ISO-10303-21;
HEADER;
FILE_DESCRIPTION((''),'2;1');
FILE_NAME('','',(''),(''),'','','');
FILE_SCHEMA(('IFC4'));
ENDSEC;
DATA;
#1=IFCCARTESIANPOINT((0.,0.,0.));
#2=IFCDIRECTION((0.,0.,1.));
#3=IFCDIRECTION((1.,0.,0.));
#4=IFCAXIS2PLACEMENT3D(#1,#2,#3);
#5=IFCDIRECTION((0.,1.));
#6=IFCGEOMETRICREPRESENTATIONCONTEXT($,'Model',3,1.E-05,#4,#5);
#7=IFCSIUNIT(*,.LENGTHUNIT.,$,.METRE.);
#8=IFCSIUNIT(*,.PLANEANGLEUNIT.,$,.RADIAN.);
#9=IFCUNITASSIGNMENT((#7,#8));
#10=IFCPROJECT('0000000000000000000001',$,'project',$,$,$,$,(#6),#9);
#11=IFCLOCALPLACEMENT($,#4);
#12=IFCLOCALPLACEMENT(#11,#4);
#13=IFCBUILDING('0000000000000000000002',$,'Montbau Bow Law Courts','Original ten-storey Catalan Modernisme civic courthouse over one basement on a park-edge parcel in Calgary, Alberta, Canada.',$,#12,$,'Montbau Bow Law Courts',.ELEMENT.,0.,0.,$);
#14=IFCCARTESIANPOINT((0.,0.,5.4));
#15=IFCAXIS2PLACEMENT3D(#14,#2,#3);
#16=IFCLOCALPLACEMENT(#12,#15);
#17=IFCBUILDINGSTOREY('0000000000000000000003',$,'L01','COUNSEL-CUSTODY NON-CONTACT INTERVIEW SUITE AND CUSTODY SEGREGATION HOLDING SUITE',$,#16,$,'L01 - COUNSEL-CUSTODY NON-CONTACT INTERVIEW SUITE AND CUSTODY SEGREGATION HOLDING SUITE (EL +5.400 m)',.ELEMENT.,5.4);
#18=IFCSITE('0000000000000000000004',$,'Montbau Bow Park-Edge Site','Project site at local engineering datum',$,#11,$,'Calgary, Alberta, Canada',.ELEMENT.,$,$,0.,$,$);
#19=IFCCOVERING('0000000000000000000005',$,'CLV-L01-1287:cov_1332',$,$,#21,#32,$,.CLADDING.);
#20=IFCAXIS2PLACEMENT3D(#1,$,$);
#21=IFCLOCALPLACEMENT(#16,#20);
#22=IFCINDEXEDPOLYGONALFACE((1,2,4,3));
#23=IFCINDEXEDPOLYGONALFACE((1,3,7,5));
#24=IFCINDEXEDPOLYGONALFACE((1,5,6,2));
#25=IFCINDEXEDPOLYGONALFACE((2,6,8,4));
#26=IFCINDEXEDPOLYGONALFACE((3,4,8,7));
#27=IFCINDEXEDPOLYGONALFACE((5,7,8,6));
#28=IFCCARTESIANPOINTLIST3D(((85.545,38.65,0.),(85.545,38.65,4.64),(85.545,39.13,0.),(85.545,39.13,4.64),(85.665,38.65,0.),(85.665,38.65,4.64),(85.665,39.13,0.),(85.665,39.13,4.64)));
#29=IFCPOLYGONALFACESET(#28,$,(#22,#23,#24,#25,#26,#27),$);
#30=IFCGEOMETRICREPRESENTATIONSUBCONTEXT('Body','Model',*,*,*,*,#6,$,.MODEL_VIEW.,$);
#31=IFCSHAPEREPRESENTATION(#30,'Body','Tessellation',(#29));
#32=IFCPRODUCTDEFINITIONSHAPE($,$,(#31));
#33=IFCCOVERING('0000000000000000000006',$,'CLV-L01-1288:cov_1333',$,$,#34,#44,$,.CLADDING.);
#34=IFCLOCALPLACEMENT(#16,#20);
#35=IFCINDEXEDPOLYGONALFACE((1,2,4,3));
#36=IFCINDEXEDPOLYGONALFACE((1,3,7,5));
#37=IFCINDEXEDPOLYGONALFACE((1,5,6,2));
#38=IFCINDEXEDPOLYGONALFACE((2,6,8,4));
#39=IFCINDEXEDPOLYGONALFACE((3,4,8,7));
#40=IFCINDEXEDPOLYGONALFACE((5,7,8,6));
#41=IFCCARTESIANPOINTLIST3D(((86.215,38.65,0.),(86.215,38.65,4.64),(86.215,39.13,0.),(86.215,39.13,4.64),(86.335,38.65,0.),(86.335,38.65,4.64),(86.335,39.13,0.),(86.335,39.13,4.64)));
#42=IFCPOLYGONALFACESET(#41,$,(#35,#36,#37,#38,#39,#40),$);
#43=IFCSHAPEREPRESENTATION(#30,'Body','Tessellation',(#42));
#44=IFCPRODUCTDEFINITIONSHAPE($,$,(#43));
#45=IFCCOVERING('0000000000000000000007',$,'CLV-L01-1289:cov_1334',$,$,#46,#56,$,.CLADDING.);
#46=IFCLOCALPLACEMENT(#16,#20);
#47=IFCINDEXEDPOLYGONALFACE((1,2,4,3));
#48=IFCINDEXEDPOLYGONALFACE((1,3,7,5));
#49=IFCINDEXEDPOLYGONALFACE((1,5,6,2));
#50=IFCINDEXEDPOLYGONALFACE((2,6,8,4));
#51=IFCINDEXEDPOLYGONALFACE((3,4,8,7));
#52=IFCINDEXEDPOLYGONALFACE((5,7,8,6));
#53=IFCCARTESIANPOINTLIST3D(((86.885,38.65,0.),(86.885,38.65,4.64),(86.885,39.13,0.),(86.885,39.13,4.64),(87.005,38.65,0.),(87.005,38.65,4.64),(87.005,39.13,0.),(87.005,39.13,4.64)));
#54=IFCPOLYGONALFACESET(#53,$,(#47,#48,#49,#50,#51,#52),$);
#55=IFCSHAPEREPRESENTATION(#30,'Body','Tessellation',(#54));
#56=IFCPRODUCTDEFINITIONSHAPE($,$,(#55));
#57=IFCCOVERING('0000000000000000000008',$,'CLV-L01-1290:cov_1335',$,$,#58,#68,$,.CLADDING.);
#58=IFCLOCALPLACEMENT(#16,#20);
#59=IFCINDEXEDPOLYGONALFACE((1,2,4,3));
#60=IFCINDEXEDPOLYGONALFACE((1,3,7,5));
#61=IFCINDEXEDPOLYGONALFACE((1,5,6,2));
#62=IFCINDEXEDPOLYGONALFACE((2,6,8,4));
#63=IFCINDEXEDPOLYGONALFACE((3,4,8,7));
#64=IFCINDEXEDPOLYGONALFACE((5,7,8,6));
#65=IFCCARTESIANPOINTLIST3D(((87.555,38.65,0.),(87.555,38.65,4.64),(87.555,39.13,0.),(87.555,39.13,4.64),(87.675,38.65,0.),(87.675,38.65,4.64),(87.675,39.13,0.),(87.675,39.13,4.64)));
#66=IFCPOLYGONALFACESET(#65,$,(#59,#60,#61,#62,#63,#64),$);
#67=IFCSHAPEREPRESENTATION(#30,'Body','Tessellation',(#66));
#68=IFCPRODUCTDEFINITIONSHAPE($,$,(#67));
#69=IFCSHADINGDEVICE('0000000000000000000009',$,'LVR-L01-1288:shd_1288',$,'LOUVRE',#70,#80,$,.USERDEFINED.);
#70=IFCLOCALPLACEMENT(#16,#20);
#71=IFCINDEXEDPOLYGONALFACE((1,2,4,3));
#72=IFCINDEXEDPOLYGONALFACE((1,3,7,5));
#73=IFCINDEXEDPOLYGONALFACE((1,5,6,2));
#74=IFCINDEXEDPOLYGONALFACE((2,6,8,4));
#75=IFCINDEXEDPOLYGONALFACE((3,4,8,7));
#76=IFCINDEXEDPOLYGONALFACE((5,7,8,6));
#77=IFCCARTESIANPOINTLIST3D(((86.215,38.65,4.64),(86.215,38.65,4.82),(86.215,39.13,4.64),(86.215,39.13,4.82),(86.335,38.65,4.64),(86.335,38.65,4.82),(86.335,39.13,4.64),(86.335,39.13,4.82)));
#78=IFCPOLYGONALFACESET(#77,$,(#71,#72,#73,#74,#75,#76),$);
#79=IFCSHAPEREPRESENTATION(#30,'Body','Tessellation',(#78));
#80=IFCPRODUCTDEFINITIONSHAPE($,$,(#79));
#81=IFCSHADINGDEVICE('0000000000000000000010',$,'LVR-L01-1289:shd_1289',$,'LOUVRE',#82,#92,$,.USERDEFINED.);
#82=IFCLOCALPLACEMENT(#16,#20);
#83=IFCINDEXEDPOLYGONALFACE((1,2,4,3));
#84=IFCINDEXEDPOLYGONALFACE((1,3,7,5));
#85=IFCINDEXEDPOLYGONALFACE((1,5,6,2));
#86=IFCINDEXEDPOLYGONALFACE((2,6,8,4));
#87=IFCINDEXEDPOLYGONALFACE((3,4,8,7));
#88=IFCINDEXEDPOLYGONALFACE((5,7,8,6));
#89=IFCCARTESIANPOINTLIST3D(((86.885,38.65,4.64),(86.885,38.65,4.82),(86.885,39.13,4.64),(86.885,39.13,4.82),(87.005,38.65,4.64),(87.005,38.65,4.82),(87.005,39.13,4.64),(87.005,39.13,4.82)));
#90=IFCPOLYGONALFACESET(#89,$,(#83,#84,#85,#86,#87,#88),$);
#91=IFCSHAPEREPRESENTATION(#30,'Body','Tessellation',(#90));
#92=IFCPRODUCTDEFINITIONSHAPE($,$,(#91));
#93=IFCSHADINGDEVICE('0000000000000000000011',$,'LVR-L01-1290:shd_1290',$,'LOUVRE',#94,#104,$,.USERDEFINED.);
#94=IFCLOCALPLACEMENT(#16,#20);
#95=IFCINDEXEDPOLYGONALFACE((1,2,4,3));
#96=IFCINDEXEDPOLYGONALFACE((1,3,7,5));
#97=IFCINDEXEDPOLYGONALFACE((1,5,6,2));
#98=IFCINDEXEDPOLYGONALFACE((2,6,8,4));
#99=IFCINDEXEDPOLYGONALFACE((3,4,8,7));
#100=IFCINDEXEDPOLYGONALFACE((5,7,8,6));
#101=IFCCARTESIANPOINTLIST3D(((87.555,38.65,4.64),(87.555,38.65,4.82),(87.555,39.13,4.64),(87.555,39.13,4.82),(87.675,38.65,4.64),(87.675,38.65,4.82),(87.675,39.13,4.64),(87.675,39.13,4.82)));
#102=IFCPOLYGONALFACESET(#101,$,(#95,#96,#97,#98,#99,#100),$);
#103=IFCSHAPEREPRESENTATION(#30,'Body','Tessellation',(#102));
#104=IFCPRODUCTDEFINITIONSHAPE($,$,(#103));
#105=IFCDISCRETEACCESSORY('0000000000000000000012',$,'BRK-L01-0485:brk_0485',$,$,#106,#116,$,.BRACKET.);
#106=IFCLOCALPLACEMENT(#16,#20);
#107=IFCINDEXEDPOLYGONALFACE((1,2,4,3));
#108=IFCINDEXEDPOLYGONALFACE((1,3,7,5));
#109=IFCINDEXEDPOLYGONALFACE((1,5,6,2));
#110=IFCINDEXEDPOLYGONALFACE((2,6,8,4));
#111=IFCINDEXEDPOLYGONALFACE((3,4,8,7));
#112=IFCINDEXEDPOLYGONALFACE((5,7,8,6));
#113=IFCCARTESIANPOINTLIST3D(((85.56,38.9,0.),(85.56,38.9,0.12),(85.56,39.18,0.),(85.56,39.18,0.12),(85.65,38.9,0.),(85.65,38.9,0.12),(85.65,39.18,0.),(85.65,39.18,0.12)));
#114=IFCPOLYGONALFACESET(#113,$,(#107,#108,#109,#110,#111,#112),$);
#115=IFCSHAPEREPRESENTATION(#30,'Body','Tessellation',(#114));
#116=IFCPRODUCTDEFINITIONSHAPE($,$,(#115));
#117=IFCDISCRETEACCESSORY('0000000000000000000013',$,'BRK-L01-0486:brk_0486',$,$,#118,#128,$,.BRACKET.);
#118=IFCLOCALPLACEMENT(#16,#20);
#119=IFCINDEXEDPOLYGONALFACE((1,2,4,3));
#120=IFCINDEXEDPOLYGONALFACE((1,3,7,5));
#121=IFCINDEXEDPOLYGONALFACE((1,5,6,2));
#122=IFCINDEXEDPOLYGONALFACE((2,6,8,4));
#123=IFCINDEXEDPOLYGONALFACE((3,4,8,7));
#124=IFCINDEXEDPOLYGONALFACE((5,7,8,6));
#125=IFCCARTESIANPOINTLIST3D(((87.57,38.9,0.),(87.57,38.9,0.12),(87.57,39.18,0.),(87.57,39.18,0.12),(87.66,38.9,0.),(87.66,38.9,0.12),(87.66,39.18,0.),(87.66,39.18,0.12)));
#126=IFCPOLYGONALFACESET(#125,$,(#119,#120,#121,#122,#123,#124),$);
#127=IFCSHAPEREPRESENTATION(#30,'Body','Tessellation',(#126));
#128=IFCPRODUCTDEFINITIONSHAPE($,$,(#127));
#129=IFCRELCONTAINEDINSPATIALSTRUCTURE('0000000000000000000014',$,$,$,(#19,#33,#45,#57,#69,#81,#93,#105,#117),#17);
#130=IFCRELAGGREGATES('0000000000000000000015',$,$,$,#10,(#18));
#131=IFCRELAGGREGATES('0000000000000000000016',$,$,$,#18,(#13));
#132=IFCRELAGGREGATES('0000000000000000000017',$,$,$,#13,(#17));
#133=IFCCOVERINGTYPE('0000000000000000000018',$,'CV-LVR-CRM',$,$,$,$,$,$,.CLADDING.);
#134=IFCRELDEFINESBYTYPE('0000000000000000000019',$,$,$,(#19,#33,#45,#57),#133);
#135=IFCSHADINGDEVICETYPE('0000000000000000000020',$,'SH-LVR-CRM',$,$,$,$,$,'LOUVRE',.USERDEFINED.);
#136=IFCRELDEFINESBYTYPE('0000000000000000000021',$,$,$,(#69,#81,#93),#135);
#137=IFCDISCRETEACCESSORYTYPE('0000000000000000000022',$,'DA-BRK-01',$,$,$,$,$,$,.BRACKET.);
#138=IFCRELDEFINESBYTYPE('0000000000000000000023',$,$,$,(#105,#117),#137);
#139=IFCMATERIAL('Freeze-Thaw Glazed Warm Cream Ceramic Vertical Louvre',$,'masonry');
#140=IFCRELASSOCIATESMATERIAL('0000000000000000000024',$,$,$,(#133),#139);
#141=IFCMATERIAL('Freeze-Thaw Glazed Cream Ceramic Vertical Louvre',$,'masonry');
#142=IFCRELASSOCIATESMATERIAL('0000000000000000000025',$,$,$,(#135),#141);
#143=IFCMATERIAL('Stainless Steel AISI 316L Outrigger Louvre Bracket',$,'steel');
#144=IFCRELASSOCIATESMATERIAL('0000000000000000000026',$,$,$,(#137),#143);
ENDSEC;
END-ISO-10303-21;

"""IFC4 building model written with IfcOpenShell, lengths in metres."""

from ifc_helpers import new_model, si_unit, direction, frame, frame_2d, origin_with_axes, origin_2d_with_axis, place, context, subcontext, project, spatial, rectangle, extrude, material, type_object, element, save


model = new_model("IFC4")

# Units and contexts
model_context = context("Model", 3, precision=1e-05, world=origin_with_axes(), true_north=direction((0.0, 1.0)))
body_context = subcontext(model_context, "Body", "Model", "MODEL_VIEW")
ifc_project = project(units=[si_unit("LENGTHUNIT", "METRE"), si_unit("PLANEANGLEUNIT", "RADIAN")], contexts=[model_context])

# Site, building, storey
site_placement = place(None, origin_with_axes())
site = spatial("IfcSite", under=ifc_project, at=site_placement, Name="Montbau Bow Park-Edge Site", Description="Project site at local engineering datum", LongName="Calgary, Alberta, Canada", CompositionType="ELEMENT", RefElevation=0.0)
building_placement = place(site_placement, origin_with_axes())
building = spatial("IfcBuilding", under=site, at=building_placement, Name="Montbau Bow Law Courts", Description="Original ten-storey Catalan Modernisme civic courthouse over one basement on a park-edge parcel in Calgary, Alberta, Canada.", LongName="Montbau Bow Law Courts", CompositionType="ELEMENT", ElevationOfRefHeight=0.0, ElevationOfTerrain=0.0)
storey_placement = place(building_placement, frame((0.0, 0.0, 5.4), z_axis=(0.0, 0.0, 1.0), x_axis=(1.0, 0.0, 0.0)))
storey = spatial("IfcBuildingStorey", under=building, at=storey_placement, Name="L01", Description="COUNSEL-CUSTODY NON-CONTACT INTERVIEW SUITE AND CUSTODY SEGREGATION HOLDING SUITE", LongName="L01 - COUNSEL-CUSTODY NON-CONTACT INTERVIEW SUITE AND CUSTODY SEGREGATION HOLDING SUITE (EL +5.400 m)", CompositionType="ELEMENT", Elevation=5.4)

# Coverings
ifc_material_1 = material(Name="Freeze-Thaw Glazed Warm Cream Ceramic Vertical Louvre", Category="masonry")
covering_type = type_object("IfcCoveringType", Name="CV-LVR-CRM", PredefinedType="CLADDING", material=ifc_material_1)
for number, where, z_axis, x_axis, name in (
    (1, (85.605, 39.13, 5.4), (-1.0, 0.0, 0.0), (0.0, -1.0, 0.0), "CLV-L01-1287:cov_1332"),
    (2, (86.275, 39.13, 5.4), (-1.0, 0.0, 0.0), (0.0, -1.0, 0.0), "CLV-L01-1288:cov_1333"),
    (3, (86.945, 39.13, 5.4), (-1.0, 0.0, 0.0), (0.0, -1.0, 0.0), "CLV-L01-1289:cov_1334"),
    (4, (87.615, 39.13, 5.4), (-1.0, 0.0, 0.0), (0.0, -1.0, 0.0), "CLV-L01-1290:cov_1335"),
):
    element("IfcCovering", number, at=place(None, frame(where, z_axis=z_axis, x_axis=x_axis)), inside=storey, type_object=covering_type, Name=name, PredefinedType="CLADDING", context=body_context, shape_type="SweptSolid", body=[
        extrude(rectangle(XDim=0.48, YDim=4.64, at=frame_2d((0.24, 2.32), x_axis=(1.0, 0.0))), frame((0.0, 0.0, -0.06), z_axis=(0.0, 0.0, 1.0), x_axis=(1.0, 0.0, 0.0)), (0.0, 0.0, 1.0), 0.12),
    ])

# Shading devices
ifc_material_2 = material(Name="Freeze-Thaw Glazed Cream Ceramic Vertical Louvre", Category="masonry")
shading_device_type = type_object("IfcShadingDeviceType", Name="SH-LVR-CRM", ElementType="LOUVRE", PredefinedType="USERDEFINED", material=ifc_material_2)
for number, where, z_axis, x_axis, name in (
    (5, (86.275, 38.89, 10.04), (0.0, 0.0, 1.0), (0.0, -1.0, 0.0), "LVR-L01-1288:shd_1288"),
    (6, (86.945, 38.89, 10.04), (0.0, 0.0, 1.0), (0.0, -1.0, 0.0), "LVR-L01-1289:shd_1289"),
    (7, (87.615, 38.89, 10.04), (0.0, 0.0, 1.0), (0.0, -1.0, 0.0), "LVR-L01-1290:shd_1290"),
):
    element("IfcShadingDevice", number, at=place(None, frame(where, z_axis=z_axis, x_axis=x_axis)), inside=storey, type_object=shading_device_type, Name=name, ObjectType="LOUVRE", PredefinedType="USERDEFINED", context=body_context, shape_type="SweptSolid", body=[
        extrude(rectangle(XDim=0.48, YDim=0.12, at=origin_2d_with_axis()), origin_with_axes(), (0.0, 0.0, 1.0), 0.18),
    ])

# Discrete accessories
ifc_material_3 = material(Name="Stainless Steel AISI 316L Outrigger Louvre Bracket", Category="steel")
discrete_accessory_type = type_object("IfcDiscreteAccessoryType", Name="DA-BRK-01", PredefinedType="BRACKET", material=ifc_material_3)
for number, where, z_axis, x_axis, name in (
    (8, (85.605, 39.04, 5.4), (0.0, 0.0, 1.0), (0.0, -1.0, 0.0), "BRK-L01-0485:brk_0485"),
    (9, (87.615, 39.04, 5.4), (0.0, 0.0, 1.0), (0.0, -1.0, 0.0), "BRK-L01-0486:brk_0486"),
):
    element("IfcDiscreteAccessory", number, at=place(None, frame(where, z_axis=z_axis, x_axis=x_axis)), inside=storey, type_object=discrete_accessory_type, Name=name, PredefinedType="BRACKET", context=body_context, shape_type="SweptSolid", body=[
        extrude(rectangle(XDim=0.28, YDim=0.09, at=origin_2d_with_axis()), origin_with_axes(), (0.0, 0.0, 1.0), 0.12),
    ])

save(model, "model.ifc")
